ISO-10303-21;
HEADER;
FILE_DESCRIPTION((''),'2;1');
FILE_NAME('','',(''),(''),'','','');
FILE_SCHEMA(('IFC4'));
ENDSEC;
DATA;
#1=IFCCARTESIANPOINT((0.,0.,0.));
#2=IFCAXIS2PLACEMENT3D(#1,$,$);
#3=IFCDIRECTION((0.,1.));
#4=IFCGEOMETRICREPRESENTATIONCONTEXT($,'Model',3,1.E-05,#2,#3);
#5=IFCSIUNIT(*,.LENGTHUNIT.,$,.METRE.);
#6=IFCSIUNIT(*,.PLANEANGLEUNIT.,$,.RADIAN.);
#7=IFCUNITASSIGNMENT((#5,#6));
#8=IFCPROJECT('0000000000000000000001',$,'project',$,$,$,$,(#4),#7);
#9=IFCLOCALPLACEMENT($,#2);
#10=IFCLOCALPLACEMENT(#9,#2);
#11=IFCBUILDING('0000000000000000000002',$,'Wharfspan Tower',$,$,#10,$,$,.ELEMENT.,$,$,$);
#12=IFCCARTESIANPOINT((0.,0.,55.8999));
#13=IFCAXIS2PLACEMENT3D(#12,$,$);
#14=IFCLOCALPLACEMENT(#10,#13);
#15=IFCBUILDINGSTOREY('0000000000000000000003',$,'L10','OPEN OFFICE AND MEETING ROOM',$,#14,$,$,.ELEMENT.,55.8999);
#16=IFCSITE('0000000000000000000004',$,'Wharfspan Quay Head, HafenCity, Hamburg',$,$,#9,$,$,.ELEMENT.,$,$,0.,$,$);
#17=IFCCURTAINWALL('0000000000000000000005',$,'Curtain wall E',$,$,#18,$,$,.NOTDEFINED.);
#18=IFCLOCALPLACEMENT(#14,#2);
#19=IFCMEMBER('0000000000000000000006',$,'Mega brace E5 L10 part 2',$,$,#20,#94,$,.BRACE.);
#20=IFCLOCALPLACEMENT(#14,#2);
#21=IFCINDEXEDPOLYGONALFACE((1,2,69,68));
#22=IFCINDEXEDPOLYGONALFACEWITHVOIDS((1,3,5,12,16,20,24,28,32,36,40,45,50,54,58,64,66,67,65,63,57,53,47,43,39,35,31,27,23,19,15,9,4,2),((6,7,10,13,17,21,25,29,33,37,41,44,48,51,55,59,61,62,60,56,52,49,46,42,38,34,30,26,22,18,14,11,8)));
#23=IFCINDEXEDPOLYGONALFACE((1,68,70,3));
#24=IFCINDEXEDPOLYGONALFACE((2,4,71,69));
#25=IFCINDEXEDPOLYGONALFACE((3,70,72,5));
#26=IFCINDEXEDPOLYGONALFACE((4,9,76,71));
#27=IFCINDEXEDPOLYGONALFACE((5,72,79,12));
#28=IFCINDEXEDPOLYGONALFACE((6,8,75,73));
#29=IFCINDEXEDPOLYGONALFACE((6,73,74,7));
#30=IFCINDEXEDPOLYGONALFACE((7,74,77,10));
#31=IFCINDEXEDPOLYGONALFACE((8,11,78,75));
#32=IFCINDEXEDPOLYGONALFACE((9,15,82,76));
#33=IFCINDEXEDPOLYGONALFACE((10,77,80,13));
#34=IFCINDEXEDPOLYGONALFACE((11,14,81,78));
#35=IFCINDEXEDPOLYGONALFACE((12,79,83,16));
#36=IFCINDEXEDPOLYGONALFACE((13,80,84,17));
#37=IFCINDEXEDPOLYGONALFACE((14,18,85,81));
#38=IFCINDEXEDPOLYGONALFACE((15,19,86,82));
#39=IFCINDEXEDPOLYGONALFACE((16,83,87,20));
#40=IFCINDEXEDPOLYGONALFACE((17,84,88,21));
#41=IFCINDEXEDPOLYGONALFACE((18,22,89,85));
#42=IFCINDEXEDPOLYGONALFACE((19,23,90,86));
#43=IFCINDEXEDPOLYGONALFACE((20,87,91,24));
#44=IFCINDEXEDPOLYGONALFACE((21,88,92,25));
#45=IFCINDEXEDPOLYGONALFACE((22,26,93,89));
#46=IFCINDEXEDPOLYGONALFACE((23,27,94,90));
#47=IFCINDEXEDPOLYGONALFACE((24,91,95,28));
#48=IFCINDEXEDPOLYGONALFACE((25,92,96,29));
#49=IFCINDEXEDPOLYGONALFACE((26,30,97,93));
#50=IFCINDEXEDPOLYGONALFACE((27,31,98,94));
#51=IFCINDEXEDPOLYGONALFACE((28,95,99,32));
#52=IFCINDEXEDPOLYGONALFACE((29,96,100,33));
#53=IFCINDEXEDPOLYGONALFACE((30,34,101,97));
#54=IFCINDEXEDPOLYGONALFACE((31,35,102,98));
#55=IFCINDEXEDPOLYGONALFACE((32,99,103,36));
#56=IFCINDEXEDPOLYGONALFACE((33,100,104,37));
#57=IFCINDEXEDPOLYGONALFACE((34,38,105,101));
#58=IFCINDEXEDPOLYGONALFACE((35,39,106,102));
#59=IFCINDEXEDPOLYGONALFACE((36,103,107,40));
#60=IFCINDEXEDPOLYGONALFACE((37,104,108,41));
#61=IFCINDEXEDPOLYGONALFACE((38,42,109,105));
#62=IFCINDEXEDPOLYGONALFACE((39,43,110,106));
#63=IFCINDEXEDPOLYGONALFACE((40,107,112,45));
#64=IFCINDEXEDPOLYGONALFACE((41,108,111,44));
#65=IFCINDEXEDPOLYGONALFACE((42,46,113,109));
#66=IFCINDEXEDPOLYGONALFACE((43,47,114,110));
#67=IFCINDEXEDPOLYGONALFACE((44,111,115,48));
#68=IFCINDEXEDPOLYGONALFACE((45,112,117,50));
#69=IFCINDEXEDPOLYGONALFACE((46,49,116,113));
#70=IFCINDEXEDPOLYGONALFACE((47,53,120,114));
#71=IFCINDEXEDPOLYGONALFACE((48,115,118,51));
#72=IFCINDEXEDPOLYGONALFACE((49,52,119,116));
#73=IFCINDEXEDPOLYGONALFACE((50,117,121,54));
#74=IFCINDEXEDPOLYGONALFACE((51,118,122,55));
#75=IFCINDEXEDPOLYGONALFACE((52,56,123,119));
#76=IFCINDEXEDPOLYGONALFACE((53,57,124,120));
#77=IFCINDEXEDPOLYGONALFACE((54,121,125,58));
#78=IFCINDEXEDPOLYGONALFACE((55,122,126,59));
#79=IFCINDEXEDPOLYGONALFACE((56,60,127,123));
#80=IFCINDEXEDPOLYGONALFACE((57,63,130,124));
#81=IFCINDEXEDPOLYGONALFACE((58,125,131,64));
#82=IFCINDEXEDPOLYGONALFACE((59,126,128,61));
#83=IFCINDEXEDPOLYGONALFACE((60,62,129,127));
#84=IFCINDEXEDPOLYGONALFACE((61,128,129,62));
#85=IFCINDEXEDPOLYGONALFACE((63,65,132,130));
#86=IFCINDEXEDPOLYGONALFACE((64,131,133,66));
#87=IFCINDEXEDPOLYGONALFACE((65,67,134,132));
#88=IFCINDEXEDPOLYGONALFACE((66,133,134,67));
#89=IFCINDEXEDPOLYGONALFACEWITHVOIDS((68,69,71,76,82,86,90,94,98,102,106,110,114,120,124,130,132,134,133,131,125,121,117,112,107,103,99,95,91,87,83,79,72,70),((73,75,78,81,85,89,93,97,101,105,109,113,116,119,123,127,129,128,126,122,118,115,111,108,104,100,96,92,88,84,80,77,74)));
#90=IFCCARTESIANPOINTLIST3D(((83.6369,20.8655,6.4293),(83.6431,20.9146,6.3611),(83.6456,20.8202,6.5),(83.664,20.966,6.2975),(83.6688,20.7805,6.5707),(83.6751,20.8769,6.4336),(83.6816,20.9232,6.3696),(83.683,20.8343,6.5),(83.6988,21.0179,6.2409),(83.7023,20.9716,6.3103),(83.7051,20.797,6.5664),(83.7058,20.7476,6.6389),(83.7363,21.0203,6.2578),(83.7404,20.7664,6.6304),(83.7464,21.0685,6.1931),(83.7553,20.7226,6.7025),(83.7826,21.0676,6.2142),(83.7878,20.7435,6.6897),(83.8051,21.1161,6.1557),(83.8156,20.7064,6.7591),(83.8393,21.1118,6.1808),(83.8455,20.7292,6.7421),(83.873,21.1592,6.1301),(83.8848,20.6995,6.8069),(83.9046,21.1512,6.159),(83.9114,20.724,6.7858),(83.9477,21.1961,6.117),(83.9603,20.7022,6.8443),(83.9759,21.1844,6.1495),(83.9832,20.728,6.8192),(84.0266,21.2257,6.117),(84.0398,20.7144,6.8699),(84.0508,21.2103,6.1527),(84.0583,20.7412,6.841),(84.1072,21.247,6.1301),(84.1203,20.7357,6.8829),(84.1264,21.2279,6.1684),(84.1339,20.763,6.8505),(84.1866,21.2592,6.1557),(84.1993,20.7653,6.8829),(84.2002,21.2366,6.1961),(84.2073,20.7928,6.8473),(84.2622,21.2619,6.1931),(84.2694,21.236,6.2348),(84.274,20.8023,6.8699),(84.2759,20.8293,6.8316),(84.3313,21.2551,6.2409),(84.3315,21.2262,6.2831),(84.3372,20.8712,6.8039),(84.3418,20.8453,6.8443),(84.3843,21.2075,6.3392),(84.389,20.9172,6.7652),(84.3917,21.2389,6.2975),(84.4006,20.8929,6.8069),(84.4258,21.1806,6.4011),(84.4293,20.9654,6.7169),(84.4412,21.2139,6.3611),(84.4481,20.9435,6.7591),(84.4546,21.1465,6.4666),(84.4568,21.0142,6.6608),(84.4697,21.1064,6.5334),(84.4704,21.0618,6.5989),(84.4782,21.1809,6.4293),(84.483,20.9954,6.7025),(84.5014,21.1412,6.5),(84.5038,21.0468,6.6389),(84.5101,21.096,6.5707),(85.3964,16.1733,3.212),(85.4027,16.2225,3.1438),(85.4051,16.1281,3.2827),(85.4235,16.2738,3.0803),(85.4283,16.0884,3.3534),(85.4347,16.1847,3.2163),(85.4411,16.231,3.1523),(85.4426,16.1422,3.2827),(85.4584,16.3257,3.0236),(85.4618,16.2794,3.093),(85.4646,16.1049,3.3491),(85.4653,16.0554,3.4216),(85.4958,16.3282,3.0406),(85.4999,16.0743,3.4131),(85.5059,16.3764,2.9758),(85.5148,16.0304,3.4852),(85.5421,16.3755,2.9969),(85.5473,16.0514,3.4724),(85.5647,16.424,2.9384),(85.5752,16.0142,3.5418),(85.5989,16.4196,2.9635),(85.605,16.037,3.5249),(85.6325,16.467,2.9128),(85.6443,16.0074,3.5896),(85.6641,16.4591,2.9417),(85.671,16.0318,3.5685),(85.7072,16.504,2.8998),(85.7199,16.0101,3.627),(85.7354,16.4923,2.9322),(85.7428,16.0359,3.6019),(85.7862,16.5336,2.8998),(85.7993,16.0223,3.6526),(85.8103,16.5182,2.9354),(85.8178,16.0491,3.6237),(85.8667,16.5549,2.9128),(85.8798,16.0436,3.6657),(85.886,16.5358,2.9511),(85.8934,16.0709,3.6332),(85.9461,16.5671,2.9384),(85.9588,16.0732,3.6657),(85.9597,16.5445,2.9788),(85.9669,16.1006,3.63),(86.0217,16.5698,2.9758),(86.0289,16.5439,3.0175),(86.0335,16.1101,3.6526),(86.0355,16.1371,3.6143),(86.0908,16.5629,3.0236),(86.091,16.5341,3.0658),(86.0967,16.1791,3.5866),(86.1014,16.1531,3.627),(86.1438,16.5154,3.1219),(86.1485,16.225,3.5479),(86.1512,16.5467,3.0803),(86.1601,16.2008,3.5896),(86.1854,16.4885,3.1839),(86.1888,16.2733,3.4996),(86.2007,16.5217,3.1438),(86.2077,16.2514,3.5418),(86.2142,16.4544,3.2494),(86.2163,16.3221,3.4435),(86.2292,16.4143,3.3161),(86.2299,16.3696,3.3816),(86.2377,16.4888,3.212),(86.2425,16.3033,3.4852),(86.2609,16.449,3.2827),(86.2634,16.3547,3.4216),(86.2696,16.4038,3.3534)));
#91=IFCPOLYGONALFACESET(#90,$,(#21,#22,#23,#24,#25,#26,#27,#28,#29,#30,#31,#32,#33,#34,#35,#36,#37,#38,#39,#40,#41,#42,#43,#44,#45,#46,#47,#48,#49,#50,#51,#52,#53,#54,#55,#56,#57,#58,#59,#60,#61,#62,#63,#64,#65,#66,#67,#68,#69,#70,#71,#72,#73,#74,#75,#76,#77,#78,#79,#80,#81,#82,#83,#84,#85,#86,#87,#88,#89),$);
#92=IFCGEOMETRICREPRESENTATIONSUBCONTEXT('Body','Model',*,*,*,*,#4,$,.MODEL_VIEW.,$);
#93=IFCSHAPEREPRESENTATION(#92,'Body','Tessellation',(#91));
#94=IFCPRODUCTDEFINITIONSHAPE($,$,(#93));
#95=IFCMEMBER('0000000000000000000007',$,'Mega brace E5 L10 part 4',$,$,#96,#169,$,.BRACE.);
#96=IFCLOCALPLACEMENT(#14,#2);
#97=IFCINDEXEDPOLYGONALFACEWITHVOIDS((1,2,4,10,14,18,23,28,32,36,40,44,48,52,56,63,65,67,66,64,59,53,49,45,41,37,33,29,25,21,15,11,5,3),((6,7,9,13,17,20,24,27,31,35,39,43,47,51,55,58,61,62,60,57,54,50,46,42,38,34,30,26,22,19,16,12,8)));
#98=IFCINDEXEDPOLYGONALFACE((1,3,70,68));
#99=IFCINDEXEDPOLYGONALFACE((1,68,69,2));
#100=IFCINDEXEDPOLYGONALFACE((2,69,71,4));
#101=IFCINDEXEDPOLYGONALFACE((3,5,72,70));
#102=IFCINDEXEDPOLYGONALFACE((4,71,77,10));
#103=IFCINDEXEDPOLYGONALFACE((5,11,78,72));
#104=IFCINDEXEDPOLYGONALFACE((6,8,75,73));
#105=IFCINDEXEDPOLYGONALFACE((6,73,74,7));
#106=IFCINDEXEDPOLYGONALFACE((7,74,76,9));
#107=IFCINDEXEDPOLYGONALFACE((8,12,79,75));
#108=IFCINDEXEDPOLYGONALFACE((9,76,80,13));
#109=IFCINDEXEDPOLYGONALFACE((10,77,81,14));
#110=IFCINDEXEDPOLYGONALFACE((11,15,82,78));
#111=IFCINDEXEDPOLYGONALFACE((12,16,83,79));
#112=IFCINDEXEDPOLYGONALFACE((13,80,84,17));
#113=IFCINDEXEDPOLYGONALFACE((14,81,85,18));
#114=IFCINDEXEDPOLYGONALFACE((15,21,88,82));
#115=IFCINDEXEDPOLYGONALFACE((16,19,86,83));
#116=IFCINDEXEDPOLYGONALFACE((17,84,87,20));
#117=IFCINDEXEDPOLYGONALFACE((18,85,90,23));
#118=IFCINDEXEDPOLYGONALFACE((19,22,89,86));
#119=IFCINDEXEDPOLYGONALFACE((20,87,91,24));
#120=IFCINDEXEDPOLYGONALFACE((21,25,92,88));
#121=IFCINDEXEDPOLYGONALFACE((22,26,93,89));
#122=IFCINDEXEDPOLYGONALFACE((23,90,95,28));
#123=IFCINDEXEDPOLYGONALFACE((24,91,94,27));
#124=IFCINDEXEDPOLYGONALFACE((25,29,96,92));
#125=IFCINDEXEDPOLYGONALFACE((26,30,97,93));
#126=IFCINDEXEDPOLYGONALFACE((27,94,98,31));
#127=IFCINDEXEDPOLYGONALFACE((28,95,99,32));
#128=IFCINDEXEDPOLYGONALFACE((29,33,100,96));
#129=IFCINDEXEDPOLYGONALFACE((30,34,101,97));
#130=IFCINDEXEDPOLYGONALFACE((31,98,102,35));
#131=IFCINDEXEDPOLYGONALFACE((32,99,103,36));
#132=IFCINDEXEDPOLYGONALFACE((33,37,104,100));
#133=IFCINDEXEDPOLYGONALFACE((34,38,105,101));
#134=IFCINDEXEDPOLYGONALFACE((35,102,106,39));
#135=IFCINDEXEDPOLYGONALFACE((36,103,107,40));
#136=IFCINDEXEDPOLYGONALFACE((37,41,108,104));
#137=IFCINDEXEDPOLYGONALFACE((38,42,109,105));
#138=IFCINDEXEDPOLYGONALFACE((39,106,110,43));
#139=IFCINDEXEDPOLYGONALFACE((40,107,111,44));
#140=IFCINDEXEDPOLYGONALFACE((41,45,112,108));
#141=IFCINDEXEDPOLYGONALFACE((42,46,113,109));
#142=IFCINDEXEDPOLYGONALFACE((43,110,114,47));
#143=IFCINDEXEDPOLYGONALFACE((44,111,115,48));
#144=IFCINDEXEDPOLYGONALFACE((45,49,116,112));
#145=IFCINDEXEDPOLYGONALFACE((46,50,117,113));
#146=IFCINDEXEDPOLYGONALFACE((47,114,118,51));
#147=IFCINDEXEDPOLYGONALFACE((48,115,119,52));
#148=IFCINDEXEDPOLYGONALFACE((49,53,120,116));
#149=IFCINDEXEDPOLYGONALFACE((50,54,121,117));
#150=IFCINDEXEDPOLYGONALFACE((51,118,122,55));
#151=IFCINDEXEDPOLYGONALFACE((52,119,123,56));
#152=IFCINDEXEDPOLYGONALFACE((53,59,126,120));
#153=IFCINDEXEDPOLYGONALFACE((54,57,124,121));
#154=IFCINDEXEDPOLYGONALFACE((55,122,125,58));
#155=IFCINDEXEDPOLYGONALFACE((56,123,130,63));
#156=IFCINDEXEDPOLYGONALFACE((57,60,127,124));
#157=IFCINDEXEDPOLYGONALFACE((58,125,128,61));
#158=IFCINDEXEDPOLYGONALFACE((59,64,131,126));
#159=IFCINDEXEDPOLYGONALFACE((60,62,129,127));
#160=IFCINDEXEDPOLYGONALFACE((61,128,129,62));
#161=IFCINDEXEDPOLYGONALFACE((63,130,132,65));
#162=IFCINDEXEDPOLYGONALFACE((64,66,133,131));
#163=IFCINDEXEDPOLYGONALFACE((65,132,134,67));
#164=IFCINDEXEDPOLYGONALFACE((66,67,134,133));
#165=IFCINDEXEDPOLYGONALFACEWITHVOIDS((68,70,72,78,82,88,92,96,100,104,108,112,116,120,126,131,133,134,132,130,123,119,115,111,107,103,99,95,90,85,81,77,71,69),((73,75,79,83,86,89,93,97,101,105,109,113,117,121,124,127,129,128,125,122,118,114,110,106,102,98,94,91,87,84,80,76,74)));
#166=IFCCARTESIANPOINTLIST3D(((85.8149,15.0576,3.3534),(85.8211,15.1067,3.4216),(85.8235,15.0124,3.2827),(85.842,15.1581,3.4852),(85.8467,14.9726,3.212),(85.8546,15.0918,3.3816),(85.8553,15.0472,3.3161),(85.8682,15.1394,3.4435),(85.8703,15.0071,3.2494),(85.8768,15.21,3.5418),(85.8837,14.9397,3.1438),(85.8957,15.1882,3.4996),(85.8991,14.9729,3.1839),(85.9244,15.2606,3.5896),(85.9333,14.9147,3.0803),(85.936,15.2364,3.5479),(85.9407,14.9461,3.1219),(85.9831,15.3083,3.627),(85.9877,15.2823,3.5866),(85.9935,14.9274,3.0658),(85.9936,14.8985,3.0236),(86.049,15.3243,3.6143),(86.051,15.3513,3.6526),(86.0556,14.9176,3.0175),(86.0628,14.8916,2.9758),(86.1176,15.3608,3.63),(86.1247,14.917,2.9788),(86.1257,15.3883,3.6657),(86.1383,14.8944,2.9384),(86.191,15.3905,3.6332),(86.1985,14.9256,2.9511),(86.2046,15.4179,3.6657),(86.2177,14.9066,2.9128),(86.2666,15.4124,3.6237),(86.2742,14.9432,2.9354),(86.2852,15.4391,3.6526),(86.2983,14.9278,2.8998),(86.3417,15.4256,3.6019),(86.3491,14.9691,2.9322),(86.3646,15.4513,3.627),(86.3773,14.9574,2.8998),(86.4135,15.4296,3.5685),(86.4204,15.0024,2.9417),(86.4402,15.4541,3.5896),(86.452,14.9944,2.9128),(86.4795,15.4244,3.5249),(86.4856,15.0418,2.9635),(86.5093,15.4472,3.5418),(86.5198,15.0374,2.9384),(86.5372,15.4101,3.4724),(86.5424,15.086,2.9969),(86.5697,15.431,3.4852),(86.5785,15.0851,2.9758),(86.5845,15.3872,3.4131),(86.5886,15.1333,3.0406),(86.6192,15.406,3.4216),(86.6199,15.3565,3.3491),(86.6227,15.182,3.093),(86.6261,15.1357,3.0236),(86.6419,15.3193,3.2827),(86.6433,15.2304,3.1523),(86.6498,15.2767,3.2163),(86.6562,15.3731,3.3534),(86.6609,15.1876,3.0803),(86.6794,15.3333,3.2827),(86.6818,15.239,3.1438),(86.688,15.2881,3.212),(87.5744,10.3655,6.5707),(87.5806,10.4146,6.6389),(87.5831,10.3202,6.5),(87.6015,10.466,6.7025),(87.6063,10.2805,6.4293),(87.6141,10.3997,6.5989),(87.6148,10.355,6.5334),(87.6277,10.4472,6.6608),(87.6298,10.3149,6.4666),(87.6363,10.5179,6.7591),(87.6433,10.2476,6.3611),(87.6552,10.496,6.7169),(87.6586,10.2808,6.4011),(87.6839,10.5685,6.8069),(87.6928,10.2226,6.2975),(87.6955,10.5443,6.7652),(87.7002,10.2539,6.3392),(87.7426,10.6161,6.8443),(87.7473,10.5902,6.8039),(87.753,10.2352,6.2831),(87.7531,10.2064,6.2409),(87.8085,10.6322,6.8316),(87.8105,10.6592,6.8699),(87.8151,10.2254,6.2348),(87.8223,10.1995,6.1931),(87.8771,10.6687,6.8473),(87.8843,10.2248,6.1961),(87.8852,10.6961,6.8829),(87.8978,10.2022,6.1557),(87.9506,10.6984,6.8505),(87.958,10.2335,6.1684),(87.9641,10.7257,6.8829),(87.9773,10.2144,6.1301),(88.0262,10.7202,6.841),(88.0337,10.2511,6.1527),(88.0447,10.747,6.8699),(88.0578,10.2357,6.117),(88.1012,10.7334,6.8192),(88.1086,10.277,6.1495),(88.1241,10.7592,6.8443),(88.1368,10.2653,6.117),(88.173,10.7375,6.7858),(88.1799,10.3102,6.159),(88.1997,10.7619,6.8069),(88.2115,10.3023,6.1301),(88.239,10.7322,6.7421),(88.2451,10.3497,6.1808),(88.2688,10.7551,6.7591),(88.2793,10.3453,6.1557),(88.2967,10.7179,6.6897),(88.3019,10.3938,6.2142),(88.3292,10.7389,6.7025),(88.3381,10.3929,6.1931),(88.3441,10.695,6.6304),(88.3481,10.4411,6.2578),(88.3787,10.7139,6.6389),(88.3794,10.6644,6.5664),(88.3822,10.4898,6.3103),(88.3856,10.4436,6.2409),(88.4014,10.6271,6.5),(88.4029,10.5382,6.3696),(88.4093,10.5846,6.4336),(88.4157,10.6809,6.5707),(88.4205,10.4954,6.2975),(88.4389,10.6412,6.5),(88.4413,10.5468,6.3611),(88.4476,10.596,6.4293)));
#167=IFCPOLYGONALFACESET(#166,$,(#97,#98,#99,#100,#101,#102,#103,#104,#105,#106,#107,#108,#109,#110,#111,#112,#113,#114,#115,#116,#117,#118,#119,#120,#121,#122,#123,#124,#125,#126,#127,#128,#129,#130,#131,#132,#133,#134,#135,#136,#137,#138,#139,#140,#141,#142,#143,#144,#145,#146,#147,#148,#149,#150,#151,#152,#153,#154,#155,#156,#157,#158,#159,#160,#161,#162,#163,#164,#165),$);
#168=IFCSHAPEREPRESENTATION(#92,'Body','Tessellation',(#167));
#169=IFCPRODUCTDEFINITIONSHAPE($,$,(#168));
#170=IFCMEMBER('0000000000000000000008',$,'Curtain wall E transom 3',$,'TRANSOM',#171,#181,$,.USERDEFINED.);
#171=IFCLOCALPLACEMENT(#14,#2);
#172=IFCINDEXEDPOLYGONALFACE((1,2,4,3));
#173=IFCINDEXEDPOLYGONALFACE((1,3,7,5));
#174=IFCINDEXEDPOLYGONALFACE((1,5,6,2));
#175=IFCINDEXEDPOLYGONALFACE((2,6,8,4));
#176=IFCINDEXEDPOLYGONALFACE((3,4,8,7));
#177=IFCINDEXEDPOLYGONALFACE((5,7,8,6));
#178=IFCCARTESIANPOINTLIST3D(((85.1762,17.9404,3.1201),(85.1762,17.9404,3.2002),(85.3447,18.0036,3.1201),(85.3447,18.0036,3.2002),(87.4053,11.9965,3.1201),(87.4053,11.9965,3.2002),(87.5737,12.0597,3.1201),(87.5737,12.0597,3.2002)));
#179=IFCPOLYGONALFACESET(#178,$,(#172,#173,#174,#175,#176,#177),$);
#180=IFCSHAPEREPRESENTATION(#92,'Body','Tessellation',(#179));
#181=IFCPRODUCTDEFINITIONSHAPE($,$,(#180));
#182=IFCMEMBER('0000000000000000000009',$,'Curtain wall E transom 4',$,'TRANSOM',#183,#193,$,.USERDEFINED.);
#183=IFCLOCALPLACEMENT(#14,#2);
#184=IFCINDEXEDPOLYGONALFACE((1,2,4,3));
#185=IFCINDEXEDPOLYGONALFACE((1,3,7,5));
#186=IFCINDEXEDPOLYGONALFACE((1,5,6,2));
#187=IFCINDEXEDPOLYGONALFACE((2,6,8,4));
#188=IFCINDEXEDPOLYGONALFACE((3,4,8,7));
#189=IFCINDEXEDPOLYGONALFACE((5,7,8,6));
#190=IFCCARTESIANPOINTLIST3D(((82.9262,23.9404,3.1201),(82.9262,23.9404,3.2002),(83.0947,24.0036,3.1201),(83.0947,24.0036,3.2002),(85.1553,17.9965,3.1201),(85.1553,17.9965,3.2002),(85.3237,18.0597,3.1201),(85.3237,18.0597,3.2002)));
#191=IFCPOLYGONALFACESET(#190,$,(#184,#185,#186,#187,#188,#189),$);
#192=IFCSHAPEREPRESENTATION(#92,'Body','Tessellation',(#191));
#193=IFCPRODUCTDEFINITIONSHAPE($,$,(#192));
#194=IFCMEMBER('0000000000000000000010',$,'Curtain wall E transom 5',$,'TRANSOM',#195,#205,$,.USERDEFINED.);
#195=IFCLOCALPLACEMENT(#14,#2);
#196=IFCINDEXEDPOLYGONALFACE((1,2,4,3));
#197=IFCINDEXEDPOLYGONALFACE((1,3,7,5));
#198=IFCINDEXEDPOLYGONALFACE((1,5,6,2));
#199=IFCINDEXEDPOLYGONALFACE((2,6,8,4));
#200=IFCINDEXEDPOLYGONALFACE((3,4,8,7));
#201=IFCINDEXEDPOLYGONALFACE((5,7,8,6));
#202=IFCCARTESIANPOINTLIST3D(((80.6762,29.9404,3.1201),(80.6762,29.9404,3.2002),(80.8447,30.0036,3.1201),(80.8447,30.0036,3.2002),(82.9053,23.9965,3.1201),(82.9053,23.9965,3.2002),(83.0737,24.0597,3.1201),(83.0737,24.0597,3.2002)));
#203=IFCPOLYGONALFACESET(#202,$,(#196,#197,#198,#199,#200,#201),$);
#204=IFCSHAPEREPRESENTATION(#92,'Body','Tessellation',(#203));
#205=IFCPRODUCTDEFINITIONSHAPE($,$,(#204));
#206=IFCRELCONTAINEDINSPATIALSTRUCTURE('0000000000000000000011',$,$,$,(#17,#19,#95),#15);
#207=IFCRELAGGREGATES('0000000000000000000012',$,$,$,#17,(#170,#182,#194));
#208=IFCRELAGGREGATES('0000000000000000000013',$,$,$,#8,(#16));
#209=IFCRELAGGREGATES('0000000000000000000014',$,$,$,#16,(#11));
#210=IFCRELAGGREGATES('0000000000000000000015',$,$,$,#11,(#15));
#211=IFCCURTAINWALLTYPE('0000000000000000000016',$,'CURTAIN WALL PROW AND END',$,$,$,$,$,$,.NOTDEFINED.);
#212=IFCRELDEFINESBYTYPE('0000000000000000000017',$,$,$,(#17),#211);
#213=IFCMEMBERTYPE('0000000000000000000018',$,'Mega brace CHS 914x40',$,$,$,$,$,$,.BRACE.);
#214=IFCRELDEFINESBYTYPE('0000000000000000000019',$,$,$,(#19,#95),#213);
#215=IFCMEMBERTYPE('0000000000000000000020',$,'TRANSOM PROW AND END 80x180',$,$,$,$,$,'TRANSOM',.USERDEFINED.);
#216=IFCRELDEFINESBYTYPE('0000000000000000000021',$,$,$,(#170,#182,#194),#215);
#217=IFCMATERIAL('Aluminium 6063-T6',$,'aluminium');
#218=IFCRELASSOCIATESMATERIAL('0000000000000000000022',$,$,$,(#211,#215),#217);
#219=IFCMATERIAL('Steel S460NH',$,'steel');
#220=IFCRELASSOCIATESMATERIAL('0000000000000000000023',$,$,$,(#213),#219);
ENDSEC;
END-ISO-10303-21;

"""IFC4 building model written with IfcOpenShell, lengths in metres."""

from ifc_helpers import new_model, si_unit, direction, frame, origin, origin_2d, place, context, subcontext, project, spatial, rectangle, hollow_circle, extrude, material, material_profile, profile_set, type_object, element, aggregate, save


model = new_model("IFC4")

# Units and contexts
model_context = context("Model", 3, precision=1e-05, world=origin(), true_north=direction((0.0, 1.0)))
body_context = subcontext(model_context, "Body", "Model", "MODEL_VIEW")
ifc_project = project(units=[si_unit("LENGTHUNIT", "METRE"), si_unit("PLANEANGLEUNIT", "RADIAN")], contexts=[model_context])

# Site, building, storey
site_placement = place(None, origin())
site = spatial("IfcSite", under=ifc_project, at=site_placement, Name="Wharfspan Quay Head, HafenCity, Hamburg", CompositionType="ELEMENT", RefElevation=0.0)
building_placement = place(site_placement, origin())
building = spatial("IfcBuilding", under=site, at=building_placement, Name="Wharfspan Tower", CompositionType="ELEMENT")
storey_placement = place(building_placement, frame((0.0, 0.0, 55.8999)))
storey = spatial("IfcBuildingStorey", under=building, at=storey_placement, Name="L10", Description="OPEN OFFICE AND MEETING ROOM", CompositionType="ELEMENT", Elevation=55.8999)

# Curtain wall
ifc_material_1 = material(Name="Aluminium 6063-T6", Category="aluminium")
curtain_wall_type = type_object("IfcCurtainWallType", Name="CURTAIN WALL PROW AND END", PredefinedType="NOTDEFINED", material=ifc_material_1)
curtain_wall_placement = place(storey_placement, origin())
curtain_wall = element("IfcCurtainWall", 1, at=curtain_wall_placement, inside=storey, type_object=curtain_wall_type, Name="Curtain wall E", PredefinedType="NOTDEFINED")

# Members
ifc_material_2 = material(Name="Steel S460NH", Category="steel")
ifc_material_profile_1 = material_profile(ifc_material_2, hollow_circle(Radius=0.457, WallThickness=0.04, at=origin_2d()))
ifc_profile_set_1 = profile_set([ifc_material_profile_1], Name="Steel S460NH")
member_type_1 = type_object("IfcMemberType", Name="Mega brace CHS 914x40", PredefinedType="BRACE", material=ifc_profile_set_1)
for number, where, z_axis, x_axis, name in (
    (2, (85.833, 16.2886, 3.2827), (-0.295466, 0.787922, 0.540259), (-0.936329, -0.351115, -0.000004), "Mega brace E5 L10 part 2"),
    (3, (86.2515, 15.1729, 3.2827), (0.295466, -0.787922, 0.540259), (0.936329, 0.351115, -0.000004), "Mega brace E5 L10 part 4"),
):
    element("IfcMember", number, at=place(storey_placement, frame(where, z_axis=z_axis, x_axis=x_axis)), inside=storey, type_object=member_type_1, Name=name, PredefinedType="BRACE", context=body_context, shape_type="SweptSolid", body=[
        extrude(hollow_circle(Radius=0.457, WallThickness=0.04, at=origin_2d()), origin(), (0.0, 0.0, 1.0), 5.9551),
    ])

# Members
ifc_material_profile_2 = material_profile(ifc_material_1, rectangle(XDim=0.1799, YDim=0.0801, at=origin_2d()))
ifc_profile_set_2 = profile_set([ifc_material_profile_2], Name="Aluminium 6063-T6")
member_type_2 = type_object("IfcMemberType", Name="TRANSOM PROW AND END 80x180", ElementType="TRANSOM", PredefinedType="USERDEFINED", material=ifc_profile_set_2)
member_1_placement = place(storey_placement, frame((87.4895, 12.0281, 3.1602), z_axis=(-0.351132, 0.936326, 0.0), x_axis=(-0.936326, -0.351132, 0.0)))
member_1 = element("IfcMember", 4, at=member_1_placement, type_object=member_type_2, Name="Curtain wall E transom 3", ObjectType="TRANSOM", PredefinedType="USERDEFINED", context=body_context, shape_type="SweptSolid", body=[
    extrude(rectangle(XDim=0.1799, YDim=0.0801, at=origin_2d()), origin(), (0.0, 0.0, 1.0), 6.3481),
])
member_2_placement = place(storey_placement, frame((85.2395, 18.0281, 3.1602), z_axis=(-0.351132, 0.936326, 0.0), x_axis=(-0.936326, -0.351132, 0.0)))
member_2 = element("IfcMember", 5, at=member_2_placement, type_object=member_type_2, Name="Curtain wall E transom 4", ObjectType="TRANSOM", PredefinedType="USERDEFINED", context=body_context, shape_type="SweptSolid", body=[
    extrude(rectangle(XDim=0.1799, YDim=0.0801, at=origin_2d()), origin(), (0.0, 0.0, 1.0), 6.3481),
])
member_3_placement = place(storey_placement, frame((82.9895, 24.0281, 3.1602), z_axis=(-0.351132, 0.936326, 0.0), x_axis=(-0.936326, -0.351132, 0.0)))
member_3 = element("IfcMember", 6, at=member_3_placement, type_object=member_type_2, Name="Curtain wall E transom 5", ObjectType="TRANSOM", PredefinedType="USERDEFINED", context=body_context, shape_type="SweptSolid", body=[
    extrude(rectangle(XDim=0.1799, YDim=0.0801, at=origin_2d()), origin(), (0.0, 0.0, 1.0), 6.3481),
])

aggregate(curtain_wall, [member_1, member_2, member_3])

save(model, "model.ifc")
